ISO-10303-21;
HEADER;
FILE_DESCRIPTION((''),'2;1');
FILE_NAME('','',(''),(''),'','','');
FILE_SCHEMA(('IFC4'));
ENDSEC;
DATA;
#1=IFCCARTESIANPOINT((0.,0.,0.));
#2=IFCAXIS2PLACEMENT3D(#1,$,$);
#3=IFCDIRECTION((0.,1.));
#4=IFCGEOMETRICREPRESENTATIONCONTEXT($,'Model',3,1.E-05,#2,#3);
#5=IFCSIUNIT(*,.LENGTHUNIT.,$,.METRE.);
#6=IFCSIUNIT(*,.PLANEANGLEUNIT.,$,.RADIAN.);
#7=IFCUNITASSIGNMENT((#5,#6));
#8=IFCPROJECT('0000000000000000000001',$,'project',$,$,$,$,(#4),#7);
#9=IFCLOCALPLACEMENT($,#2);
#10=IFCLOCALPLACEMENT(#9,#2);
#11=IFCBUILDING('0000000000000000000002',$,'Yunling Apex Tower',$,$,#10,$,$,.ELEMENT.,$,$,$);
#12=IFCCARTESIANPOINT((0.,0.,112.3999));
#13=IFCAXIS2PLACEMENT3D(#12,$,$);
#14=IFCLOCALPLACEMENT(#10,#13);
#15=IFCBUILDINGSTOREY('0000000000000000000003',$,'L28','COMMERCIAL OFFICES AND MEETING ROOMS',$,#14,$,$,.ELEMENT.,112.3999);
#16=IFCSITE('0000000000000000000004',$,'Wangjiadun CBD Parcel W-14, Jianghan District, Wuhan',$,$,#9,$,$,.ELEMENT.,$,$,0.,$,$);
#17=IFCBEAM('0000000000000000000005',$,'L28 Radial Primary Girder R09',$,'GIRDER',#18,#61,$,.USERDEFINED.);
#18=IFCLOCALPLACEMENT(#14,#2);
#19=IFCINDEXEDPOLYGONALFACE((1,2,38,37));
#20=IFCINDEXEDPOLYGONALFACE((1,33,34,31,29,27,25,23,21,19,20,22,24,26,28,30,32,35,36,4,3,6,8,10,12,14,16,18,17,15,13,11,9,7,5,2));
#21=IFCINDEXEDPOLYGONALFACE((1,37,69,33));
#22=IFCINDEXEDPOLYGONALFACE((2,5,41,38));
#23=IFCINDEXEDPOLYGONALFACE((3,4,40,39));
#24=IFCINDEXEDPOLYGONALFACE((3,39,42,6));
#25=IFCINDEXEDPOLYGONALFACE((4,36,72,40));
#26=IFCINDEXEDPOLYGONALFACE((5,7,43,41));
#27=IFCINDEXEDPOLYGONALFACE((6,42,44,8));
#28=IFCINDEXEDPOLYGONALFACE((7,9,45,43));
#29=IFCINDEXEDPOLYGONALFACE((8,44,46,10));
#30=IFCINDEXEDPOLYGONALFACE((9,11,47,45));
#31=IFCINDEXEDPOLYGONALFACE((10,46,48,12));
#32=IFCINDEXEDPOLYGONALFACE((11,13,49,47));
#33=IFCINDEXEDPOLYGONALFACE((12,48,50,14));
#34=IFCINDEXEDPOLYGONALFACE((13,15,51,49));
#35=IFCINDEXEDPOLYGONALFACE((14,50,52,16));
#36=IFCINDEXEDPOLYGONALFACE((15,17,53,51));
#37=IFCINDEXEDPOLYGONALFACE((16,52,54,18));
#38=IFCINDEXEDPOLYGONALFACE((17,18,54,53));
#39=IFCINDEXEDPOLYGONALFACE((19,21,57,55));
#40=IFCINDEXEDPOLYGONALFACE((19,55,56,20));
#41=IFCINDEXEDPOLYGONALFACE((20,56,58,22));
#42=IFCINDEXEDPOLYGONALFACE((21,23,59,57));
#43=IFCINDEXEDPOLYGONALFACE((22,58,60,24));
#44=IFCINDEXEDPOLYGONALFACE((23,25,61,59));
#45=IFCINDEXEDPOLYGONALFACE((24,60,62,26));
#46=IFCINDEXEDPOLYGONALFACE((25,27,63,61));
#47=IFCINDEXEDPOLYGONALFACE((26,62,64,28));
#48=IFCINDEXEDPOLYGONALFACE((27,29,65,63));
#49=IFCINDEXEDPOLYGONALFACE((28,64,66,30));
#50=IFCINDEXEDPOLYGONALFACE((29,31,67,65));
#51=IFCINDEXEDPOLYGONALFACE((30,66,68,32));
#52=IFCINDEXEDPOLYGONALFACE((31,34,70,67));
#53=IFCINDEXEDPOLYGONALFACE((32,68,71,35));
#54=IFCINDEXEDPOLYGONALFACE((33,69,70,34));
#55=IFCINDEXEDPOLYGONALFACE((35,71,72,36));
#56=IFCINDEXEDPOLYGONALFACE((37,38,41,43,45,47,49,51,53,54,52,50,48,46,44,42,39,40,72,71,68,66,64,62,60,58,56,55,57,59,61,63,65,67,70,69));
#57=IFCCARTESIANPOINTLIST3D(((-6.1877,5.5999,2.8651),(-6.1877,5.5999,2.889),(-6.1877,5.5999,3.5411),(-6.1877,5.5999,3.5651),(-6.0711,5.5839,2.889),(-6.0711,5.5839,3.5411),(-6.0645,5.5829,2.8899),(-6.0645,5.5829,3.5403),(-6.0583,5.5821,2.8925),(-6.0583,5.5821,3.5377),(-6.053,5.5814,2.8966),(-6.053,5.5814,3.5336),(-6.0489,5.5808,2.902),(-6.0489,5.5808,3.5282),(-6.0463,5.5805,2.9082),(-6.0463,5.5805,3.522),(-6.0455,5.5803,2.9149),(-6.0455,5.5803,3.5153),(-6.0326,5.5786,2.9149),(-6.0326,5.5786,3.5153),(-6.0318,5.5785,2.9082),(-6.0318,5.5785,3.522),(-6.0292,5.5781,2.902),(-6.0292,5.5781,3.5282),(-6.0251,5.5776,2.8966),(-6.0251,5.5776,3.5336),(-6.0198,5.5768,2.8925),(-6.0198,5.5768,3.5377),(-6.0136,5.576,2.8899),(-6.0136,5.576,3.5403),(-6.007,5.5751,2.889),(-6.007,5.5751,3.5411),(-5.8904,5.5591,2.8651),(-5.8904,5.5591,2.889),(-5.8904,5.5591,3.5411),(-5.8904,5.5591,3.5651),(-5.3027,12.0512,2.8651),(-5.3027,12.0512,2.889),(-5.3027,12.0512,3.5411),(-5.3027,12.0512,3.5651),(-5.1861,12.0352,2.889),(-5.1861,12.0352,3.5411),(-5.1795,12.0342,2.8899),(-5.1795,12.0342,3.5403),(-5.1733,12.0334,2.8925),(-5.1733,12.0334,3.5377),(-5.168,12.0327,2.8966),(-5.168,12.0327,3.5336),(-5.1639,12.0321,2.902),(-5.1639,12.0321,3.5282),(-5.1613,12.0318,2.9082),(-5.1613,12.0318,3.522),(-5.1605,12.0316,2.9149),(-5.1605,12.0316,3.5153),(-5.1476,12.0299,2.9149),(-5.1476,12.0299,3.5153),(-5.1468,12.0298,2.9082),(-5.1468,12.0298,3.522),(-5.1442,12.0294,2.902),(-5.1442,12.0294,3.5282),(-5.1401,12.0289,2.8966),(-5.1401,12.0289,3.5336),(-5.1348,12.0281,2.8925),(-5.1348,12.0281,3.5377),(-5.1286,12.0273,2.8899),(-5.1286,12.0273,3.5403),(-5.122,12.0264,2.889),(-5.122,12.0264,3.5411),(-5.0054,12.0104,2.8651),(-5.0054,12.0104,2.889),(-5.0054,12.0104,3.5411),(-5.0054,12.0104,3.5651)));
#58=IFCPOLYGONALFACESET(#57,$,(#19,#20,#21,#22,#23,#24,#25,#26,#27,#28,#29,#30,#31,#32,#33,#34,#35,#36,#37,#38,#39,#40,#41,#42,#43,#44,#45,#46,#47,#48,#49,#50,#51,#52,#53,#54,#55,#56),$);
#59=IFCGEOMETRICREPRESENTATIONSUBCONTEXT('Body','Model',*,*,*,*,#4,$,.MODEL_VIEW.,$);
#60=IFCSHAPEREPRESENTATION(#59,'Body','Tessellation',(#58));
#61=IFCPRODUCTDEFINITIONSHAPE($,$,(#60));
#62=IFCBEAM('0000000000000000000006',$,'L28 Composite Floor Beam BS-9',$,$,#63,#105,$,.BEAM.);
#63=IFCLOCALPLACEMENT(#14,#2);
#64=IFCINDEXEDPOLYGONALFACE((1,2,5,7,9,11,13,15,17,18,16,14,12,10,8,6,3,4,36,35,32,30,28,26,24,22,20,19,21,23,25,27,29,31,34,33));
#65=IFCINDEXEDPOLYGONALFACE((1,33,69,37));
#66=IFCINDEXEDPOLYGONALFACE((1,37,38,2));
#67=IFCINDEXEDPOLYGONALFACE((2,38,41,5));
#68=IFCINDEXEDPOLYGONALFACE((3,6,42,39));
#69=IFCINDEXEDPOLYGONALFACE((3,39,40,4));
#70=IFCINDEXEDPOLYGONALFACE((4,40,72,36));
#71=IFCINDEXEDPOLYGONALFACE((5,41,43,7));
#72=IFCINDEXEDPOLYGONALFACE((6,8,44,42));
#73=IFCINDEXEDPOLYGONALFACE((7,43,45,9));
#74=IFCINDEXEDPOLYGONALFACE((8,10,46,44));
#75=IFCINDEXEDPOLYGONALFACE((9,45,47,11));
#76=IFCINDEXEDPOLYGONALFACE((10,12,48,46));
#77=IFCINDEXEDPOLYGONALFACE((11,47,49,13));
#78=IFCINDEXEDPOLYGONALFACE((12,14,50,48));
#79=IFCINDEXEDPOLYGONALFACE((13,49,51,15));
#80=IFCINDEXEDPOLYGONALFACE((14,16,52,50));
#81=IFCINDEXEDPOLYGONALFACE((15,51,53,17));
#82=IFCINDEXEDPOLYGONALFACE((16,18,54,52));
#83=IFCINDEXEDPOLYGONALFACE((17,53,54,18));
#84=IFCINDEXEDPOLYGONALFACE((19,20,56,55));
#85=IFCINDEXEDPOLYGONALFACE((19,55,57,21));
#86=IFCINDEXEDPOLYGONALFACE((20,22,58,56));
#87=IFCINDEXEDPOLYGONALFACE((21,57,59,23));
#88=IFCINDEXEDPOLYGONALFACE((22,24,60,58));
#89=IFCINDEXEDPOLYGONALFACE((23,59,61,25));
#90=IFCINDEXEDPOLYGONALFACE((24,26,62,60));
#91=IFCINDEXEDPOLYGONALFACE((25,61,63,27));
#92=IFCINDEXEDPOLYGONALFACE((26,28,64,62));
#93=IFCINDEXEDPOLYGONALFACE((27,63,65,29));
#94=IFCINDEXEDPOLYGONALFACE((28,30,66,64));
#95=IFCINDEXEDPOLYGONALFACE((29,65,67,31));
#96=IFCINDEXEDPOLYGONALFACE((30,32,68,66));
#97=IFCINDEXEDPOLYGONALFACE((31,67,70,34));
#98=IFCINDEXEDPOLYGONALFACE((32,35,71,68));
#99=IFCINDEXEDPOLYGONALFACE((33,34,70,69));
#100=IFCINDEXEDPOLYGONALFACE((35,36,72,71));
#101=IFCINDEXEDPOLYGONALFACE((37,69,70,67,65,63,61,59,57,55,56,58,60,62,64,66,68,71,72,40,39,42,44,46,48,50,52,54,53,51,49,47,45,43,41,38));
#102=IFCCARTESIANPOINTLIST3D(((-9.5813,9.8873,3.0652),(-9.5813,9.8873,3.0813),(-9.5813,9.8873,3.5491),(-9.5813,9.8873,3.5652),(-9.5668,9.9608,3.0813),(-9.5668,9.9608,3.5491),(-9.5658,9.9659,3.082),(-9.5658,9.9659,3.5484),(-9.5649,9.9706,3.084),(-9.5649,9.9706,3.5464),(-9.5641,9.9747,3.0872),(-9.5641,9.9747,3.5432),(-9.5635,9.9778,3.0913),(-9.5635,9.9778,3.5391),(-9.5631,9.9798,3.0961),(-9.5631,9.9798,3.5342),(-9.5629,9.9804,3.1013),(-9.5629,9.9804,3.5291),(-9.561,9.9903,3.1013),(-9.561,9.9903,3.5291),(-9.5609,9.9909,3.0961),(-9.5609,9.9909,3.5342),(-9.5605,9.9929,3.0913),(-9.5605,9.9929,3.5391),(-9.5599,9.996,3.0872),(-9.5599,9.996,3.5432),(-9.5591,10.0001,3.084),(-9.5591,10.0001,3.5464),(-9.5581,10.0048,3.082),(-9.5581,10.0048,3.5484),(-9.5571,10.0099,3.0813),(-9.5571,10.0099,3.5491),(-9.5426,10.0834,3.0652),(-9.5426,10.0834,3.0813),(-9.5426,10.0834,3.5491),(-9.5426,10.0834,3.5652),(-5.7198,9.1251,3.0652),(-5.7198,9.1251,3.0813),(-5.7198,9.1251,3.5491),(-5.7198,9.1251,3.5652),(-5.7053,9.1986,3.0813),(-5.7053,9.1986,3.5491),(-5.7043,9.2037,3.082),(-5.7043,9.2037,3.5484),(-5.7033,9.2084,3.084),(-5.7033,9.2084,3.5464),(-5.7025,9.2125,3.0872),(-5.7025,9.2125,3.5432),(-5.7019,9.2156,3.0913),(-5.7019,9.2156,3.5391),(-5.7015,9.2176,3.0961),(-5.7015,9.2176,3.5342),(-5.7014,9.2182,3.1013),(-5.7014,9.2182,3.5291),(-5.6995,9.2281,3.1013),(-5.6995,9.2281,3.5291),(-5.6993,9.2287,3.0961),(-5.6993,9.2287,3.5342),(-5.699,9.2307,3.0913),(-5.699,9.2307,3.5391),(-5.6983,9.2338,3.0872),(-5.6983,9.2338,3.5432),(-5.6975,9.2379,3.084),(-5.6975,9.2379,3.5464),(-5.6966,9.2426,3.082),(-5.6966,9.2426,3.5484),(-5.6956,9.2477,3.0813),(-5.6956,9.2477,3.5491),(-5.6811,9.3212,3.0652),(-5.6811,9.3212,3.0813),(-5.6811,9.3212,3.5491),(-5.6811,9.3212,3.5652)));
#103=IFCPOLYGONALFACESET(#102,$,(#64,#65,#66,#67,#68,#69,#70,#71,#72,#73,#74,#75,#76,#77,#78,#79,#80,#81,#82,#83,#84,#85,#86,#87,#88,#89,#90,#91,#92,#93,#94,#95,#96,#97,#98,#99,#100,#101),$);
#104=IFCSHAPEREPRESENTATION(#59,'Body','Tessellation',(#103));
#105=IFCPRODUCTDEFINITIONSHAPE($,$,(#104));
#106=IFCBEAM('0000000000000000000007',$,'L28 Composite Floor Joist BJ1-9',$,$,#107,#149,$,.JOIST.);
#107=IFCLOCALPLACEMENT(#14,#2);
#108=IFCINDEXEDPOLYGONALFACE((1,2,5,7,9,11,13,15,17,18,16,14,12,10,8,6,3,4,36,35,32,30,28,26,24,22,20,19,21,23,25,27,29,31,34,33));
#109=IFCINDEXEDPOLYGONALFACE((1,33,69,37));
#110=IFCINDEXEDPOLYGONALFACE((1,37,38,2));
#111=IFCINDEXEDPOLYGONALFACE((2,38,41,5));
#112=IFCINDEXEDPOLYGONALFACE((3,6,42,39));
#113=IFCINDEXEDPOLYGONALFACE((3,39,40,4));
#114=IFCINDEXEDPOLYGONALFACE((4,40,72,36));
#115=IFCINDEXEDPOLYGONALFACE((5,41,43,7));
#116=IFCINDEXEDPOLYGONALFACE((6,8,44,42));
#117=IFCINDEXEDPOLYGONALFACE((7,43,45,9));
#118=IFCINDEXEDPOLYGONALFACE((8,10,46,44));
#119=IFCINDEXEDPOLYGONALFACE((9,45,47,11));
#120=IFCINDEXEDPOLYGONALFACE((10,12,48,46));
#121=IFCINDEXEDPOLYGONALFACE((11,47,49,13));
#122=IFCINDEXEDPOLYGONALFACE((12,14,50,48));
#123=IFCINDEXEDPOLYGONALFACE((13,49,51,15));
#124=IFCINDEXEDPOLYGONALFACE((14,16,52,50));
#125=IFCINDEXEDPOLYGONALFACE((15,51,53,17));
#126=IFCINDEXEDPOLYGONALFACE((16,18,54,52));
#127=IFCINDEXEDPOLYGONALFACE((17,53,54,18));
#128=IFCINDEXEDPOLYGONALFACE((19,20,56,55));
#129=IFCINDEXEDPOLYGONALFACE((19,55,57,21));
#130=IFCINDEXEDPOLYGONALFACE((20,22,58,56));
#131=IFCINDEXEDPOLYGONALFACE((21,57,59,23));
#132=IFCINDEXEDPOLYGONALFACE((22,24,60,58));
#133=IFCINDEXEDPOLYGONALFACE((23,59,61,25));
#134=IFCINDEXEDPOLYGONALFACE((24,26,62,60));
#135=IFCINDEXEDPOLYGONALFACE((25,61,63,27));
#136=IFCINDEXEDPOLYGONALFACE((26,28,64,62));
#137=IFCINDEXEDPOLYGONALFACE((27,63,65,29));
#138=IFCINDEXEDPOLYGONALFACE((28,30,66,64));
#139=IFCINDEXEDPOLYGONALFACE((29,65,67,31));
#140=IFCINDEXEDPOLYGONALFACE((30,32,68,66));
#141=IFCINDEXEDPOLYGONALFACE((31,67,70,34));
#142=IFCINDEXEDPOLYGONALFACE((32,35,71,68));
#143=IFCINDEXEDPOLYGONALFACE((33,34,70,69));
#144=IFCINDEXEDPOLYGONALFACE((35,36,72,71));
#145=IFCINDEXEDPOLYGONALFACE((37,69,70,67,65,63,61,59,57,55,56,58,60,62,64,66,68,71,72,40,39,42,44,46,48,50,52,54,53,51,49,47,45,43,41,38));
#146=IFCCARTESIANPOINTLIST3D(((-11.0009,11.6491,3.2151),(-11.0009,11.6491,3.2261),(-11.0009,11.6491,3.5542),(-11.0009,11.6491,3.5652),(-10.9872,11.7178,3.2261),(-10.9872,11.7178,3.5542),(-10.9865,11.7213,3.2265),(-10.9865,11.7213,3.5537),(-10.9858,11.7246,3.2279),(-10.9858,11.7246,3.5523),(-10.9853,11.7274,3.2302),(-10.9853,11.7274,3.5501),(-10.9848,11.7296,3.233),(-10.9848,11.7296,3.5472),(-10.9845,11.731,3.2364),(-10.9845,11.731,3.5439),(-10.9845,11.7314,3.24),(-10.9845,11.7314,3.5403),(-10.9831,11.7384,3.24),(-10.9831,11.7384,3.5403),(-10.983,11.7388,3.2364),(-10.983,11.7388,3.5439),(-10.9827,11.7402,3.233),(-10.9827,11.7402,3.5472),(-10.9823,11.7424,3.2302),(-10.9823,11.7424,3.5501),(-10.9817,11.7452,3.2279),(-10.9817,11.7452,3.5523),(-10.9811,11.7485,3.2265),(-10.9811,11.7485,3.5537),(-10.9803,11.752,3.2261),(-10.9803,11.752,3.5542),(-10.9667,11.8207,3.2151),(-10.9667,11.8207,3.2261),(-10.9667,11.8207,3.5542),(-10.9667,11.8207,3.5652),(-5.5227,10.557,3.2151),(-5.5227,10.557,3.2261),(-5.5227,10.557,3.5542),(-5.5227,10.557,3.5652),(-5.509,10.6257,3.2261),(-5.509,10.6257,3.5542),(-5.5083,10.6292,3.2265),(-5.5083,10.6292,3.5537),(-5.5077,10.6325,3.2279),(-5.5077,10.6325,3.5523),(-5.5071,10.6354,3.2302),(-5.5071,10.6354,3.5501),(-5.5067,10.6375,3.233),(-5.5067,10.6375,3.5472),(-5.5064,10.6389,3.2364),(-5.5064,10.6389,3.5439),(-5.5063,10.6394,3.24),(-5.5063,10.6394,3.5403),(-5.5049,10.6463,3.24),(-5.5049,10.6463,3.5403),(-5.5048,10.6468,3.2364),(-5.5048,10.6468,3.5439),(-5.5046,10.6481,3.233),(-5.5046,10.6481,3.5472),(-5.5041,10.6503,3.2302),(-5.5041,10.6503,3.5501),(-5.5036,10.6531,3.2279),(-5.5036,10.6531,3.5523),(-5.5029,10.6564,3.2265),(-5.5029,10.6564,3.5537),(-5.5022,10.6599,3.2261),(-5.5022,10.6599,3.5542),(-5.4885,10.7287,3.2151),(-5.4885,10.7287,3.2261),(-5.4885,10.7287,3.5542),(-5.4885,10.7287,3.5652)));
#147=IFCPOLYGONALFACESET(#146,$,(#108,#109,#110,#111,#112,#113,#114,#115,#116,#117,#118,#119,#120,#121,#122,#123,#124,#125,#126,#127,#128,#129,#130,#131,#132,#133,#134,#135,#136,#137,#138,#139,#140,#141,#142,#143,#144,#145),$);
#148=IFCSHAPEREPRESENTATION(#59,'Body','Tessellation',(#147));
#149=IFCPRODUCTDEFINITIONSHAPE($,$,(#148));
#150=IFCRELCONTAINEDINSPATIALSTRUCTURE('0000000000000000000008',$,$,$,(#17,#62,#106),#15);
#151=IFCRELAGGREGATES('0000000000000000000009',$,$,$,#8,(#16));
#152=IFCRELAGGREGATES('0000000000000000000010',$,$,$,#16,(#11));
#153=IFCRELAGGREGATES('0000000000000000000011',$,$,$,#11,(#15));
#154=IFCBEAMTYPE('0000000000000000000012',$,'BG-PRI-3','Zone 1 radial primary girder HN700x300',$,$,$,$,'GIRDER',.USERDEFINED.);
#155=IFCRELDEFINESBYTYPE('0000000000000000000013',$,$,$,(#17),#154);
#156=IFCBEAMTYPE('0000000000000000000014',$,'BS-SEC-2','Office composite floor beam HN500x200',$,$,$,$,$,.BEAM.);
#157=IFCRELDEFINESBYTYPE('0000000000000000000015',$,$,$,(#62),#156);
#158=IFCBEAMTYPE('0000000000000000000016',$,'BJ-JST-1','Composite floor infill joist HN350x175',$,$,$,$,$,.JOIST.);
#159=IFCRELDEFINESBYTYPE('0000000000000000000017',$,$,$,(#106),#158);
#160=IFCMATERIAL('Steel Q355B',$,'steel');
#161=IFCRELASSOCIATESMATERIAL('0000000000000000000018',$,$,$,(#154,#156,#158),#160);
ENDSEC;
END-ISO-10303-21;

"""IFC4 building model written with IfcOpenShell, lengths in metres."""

from ifc_helpers import new_model, si_unit, direction, frame, origin, origin_2d, place, context, subcontext, project, spatial, i_section, extrude, source, transform, mapped, material, material_profile, profile_set, type_object, element, save


model = new_model("IFC4")

# Units and contexts
model_context = context("Model", 3, precision=1e-05, world=origin(), true_north=direction((0.0, 1.0)))
body_context = subcontext(model_context, "Body", "Model", "MODEL_VIEW")
ifc_project = project(units=[si_unit("LENGTHUNIT", "METRE"), si_unit("PLANEANGLEUNIT", "RADIAN")], contexts=[model_context])

# Site, building, storey
site_placement = place(None, origin())
site = spatial("IfcSite", under=ifc_project, at=site_placement, Name="Wangjiadun CBD Parcel W-14, Jianghan District, Wuhan", CompositionType="ELEMENT", RefElevation=0.0)
building_placement = place(site_placement, origin())
building = spatial("IfcBuilding", under=site, at=building_placement, Name="Yunling Apex Tower", CompositionType="ELEMENT")
storey_placement = place(building_placement, frame((0.0, 0.0, 112.3999)))
storey = spatial("IfcBuildingStorey", under=building, at=storey_placement, Name="L28", Description="COMMERCIAL OFFICES AND MEETING ROOMS", CompositionType="ELEMENT", Elevation=112.3999)

# Beams
ifc_material_1 = material(Name="Steel Q355B", Category="steel")
ifc_material_profile_1 = material_profile(ifc_material_1, i_section(OverallWidth=0.3, OverallDepth=0.7, WebThickness=0.0129, FlangeThickness=0.0239, FilletRadius=0.0259, at=origin_2d()))
ifc_profile_set_1 = profile_set([ifc_material_profile_1], Name="Steel Q355B")
beam_type_1 = type_object("IfcBeamType", Name="BG-PRI-3", Description="Zone 1 radial primary girder HN700x300", ElementType="GIRDER", PredefinedType="USERDEFINED", material=ifc_profile_set_1)
shared_shape_1 = source(origin(), body_context, "Body", "SweptSolid", [
    extrude(i_section(OverallWidth=0.3, OverallDepth=0.7, WebThickness=0.0129, FlangeThickness=0.0239, FilletRadius=0.0259, at=origin_2d()), origin(), (0.0, 0.0, 1.0), 6.5117),
])
beam_1_placement = place(storey_placement, frame((-5.1541, 12.0308, 3.2151), z_axis=(-0.135908, -0.990721, 0.0), x_axis=(0.990721, -0.135908, 0.0)))
element("IfcBeam", 1, at=beam_1_placement, inside=storey, type_object=beam_type_1, Name="L28 Radial Primary Girder R09", ObjectType="GIRDER", PredefinedType="USERDEFINED", context=body_context, shape_type="MappedRepresentation", body=[
    mapped(shared_shape_1, transform((0.0, 0.0, 0.0), scale=1.0)),
])
ifc_material_profile_2 = material_profile(ifc_material_1, i_section(OverallWidth=0.2, OverallDepth=0.5, WebThickness=0.01, FlangeThickness=0.0161, FilletRadius=0.02, at=origin_2d()))
ifc_profile_set_2 = profile_set([ifc_material_profile_2], Name="Steel Q355B")
beam_type_2 = type_object("IfcBeamType", Name="BS-SEC-2", Description="Office composite floor beam HN500x200", PredefinedType="BEAM", material=ifc_profile_set_2)
shared_shape_2 = source(origin(), body_context, "Body", "SweptSolid", [
    extrude(i_section(OverallWidth=0.2, OverallDepth=0.5, WebThickness=0.01, FlangeThickness=0.0161, FilletRadius=0.02, at=origin_2d()), origin(), (0.0, 0.0, 1.0), 3.936),
])
beam_2_placement = place(storey_placement, frame((-5.7004, 9.2231, 3.3152), z_axis=(-0.981071, 0.193646, 0.0), x_axis=(-0.193646, -0.981071, 0.0)))
element("IfcBeam", 2, at=beam_2_placement, inside=storey, type_object=beam_type_2, Name="L28 Composite Floor Beam BS-9", PredefinedType="BEAM", context=body_context, shape_type="MappedRepresentation", body=[
    mapped(shared_shape_2, transform((0.0, 0.0, 0.0), scale=1.0)),
])
ifc_material_profile_3 = material_profile(ifc_material_1, i_section(OverallWidth=0.175, OverallDepth=0.3501, WebThickness=0.0071, FlangeThickness=0.011, FilletRadius=0.0139, at=origin_2d()))
ifc_profile_set_3 = profile_set([ifc_material_profile_3], Name="Steel Q355B")
beam_type_3 = type_object("IfcBeamType", Name="BJ-JST-1", Description="Composite floor infill joist HN350x175", PredefinedType="JOIST", material=ifc_profile_set_3)
shared_shape_3 = source(origin(), body_context, "Body", "SweptSolid", [
    extrude(i_section(OverallWidth=0.175, OverallDepth=0.3501, WebThickness=0.0071, FlangeThickness=0.011, FilletRadius=0.0139, at=origin_2d()), origin(), (0.0, 0.0, 1.0), 5.5859),
])
beam_3_placement = place(storey_placement, frame((-5.5056, 10.6428, 3.3901), z_axis=(-0.980703, 0.195503, 0.0), x_axis=(-0.195503, -0.980703, 0.0)))
element("IfcBeam", 3, at=beam_3_placement, inside=storey, type_object=beam_type_3, Name="L28 Composite Floor Joist BJ1-9", PredefinedType="JOIST", context=body_context, shape_type="MappedRepresentation", body=[
    mapped(shared_shape_3, transform((0.0, 0.0, 0.0), scale=1.0)),
])

save(model, "model.ifc")
